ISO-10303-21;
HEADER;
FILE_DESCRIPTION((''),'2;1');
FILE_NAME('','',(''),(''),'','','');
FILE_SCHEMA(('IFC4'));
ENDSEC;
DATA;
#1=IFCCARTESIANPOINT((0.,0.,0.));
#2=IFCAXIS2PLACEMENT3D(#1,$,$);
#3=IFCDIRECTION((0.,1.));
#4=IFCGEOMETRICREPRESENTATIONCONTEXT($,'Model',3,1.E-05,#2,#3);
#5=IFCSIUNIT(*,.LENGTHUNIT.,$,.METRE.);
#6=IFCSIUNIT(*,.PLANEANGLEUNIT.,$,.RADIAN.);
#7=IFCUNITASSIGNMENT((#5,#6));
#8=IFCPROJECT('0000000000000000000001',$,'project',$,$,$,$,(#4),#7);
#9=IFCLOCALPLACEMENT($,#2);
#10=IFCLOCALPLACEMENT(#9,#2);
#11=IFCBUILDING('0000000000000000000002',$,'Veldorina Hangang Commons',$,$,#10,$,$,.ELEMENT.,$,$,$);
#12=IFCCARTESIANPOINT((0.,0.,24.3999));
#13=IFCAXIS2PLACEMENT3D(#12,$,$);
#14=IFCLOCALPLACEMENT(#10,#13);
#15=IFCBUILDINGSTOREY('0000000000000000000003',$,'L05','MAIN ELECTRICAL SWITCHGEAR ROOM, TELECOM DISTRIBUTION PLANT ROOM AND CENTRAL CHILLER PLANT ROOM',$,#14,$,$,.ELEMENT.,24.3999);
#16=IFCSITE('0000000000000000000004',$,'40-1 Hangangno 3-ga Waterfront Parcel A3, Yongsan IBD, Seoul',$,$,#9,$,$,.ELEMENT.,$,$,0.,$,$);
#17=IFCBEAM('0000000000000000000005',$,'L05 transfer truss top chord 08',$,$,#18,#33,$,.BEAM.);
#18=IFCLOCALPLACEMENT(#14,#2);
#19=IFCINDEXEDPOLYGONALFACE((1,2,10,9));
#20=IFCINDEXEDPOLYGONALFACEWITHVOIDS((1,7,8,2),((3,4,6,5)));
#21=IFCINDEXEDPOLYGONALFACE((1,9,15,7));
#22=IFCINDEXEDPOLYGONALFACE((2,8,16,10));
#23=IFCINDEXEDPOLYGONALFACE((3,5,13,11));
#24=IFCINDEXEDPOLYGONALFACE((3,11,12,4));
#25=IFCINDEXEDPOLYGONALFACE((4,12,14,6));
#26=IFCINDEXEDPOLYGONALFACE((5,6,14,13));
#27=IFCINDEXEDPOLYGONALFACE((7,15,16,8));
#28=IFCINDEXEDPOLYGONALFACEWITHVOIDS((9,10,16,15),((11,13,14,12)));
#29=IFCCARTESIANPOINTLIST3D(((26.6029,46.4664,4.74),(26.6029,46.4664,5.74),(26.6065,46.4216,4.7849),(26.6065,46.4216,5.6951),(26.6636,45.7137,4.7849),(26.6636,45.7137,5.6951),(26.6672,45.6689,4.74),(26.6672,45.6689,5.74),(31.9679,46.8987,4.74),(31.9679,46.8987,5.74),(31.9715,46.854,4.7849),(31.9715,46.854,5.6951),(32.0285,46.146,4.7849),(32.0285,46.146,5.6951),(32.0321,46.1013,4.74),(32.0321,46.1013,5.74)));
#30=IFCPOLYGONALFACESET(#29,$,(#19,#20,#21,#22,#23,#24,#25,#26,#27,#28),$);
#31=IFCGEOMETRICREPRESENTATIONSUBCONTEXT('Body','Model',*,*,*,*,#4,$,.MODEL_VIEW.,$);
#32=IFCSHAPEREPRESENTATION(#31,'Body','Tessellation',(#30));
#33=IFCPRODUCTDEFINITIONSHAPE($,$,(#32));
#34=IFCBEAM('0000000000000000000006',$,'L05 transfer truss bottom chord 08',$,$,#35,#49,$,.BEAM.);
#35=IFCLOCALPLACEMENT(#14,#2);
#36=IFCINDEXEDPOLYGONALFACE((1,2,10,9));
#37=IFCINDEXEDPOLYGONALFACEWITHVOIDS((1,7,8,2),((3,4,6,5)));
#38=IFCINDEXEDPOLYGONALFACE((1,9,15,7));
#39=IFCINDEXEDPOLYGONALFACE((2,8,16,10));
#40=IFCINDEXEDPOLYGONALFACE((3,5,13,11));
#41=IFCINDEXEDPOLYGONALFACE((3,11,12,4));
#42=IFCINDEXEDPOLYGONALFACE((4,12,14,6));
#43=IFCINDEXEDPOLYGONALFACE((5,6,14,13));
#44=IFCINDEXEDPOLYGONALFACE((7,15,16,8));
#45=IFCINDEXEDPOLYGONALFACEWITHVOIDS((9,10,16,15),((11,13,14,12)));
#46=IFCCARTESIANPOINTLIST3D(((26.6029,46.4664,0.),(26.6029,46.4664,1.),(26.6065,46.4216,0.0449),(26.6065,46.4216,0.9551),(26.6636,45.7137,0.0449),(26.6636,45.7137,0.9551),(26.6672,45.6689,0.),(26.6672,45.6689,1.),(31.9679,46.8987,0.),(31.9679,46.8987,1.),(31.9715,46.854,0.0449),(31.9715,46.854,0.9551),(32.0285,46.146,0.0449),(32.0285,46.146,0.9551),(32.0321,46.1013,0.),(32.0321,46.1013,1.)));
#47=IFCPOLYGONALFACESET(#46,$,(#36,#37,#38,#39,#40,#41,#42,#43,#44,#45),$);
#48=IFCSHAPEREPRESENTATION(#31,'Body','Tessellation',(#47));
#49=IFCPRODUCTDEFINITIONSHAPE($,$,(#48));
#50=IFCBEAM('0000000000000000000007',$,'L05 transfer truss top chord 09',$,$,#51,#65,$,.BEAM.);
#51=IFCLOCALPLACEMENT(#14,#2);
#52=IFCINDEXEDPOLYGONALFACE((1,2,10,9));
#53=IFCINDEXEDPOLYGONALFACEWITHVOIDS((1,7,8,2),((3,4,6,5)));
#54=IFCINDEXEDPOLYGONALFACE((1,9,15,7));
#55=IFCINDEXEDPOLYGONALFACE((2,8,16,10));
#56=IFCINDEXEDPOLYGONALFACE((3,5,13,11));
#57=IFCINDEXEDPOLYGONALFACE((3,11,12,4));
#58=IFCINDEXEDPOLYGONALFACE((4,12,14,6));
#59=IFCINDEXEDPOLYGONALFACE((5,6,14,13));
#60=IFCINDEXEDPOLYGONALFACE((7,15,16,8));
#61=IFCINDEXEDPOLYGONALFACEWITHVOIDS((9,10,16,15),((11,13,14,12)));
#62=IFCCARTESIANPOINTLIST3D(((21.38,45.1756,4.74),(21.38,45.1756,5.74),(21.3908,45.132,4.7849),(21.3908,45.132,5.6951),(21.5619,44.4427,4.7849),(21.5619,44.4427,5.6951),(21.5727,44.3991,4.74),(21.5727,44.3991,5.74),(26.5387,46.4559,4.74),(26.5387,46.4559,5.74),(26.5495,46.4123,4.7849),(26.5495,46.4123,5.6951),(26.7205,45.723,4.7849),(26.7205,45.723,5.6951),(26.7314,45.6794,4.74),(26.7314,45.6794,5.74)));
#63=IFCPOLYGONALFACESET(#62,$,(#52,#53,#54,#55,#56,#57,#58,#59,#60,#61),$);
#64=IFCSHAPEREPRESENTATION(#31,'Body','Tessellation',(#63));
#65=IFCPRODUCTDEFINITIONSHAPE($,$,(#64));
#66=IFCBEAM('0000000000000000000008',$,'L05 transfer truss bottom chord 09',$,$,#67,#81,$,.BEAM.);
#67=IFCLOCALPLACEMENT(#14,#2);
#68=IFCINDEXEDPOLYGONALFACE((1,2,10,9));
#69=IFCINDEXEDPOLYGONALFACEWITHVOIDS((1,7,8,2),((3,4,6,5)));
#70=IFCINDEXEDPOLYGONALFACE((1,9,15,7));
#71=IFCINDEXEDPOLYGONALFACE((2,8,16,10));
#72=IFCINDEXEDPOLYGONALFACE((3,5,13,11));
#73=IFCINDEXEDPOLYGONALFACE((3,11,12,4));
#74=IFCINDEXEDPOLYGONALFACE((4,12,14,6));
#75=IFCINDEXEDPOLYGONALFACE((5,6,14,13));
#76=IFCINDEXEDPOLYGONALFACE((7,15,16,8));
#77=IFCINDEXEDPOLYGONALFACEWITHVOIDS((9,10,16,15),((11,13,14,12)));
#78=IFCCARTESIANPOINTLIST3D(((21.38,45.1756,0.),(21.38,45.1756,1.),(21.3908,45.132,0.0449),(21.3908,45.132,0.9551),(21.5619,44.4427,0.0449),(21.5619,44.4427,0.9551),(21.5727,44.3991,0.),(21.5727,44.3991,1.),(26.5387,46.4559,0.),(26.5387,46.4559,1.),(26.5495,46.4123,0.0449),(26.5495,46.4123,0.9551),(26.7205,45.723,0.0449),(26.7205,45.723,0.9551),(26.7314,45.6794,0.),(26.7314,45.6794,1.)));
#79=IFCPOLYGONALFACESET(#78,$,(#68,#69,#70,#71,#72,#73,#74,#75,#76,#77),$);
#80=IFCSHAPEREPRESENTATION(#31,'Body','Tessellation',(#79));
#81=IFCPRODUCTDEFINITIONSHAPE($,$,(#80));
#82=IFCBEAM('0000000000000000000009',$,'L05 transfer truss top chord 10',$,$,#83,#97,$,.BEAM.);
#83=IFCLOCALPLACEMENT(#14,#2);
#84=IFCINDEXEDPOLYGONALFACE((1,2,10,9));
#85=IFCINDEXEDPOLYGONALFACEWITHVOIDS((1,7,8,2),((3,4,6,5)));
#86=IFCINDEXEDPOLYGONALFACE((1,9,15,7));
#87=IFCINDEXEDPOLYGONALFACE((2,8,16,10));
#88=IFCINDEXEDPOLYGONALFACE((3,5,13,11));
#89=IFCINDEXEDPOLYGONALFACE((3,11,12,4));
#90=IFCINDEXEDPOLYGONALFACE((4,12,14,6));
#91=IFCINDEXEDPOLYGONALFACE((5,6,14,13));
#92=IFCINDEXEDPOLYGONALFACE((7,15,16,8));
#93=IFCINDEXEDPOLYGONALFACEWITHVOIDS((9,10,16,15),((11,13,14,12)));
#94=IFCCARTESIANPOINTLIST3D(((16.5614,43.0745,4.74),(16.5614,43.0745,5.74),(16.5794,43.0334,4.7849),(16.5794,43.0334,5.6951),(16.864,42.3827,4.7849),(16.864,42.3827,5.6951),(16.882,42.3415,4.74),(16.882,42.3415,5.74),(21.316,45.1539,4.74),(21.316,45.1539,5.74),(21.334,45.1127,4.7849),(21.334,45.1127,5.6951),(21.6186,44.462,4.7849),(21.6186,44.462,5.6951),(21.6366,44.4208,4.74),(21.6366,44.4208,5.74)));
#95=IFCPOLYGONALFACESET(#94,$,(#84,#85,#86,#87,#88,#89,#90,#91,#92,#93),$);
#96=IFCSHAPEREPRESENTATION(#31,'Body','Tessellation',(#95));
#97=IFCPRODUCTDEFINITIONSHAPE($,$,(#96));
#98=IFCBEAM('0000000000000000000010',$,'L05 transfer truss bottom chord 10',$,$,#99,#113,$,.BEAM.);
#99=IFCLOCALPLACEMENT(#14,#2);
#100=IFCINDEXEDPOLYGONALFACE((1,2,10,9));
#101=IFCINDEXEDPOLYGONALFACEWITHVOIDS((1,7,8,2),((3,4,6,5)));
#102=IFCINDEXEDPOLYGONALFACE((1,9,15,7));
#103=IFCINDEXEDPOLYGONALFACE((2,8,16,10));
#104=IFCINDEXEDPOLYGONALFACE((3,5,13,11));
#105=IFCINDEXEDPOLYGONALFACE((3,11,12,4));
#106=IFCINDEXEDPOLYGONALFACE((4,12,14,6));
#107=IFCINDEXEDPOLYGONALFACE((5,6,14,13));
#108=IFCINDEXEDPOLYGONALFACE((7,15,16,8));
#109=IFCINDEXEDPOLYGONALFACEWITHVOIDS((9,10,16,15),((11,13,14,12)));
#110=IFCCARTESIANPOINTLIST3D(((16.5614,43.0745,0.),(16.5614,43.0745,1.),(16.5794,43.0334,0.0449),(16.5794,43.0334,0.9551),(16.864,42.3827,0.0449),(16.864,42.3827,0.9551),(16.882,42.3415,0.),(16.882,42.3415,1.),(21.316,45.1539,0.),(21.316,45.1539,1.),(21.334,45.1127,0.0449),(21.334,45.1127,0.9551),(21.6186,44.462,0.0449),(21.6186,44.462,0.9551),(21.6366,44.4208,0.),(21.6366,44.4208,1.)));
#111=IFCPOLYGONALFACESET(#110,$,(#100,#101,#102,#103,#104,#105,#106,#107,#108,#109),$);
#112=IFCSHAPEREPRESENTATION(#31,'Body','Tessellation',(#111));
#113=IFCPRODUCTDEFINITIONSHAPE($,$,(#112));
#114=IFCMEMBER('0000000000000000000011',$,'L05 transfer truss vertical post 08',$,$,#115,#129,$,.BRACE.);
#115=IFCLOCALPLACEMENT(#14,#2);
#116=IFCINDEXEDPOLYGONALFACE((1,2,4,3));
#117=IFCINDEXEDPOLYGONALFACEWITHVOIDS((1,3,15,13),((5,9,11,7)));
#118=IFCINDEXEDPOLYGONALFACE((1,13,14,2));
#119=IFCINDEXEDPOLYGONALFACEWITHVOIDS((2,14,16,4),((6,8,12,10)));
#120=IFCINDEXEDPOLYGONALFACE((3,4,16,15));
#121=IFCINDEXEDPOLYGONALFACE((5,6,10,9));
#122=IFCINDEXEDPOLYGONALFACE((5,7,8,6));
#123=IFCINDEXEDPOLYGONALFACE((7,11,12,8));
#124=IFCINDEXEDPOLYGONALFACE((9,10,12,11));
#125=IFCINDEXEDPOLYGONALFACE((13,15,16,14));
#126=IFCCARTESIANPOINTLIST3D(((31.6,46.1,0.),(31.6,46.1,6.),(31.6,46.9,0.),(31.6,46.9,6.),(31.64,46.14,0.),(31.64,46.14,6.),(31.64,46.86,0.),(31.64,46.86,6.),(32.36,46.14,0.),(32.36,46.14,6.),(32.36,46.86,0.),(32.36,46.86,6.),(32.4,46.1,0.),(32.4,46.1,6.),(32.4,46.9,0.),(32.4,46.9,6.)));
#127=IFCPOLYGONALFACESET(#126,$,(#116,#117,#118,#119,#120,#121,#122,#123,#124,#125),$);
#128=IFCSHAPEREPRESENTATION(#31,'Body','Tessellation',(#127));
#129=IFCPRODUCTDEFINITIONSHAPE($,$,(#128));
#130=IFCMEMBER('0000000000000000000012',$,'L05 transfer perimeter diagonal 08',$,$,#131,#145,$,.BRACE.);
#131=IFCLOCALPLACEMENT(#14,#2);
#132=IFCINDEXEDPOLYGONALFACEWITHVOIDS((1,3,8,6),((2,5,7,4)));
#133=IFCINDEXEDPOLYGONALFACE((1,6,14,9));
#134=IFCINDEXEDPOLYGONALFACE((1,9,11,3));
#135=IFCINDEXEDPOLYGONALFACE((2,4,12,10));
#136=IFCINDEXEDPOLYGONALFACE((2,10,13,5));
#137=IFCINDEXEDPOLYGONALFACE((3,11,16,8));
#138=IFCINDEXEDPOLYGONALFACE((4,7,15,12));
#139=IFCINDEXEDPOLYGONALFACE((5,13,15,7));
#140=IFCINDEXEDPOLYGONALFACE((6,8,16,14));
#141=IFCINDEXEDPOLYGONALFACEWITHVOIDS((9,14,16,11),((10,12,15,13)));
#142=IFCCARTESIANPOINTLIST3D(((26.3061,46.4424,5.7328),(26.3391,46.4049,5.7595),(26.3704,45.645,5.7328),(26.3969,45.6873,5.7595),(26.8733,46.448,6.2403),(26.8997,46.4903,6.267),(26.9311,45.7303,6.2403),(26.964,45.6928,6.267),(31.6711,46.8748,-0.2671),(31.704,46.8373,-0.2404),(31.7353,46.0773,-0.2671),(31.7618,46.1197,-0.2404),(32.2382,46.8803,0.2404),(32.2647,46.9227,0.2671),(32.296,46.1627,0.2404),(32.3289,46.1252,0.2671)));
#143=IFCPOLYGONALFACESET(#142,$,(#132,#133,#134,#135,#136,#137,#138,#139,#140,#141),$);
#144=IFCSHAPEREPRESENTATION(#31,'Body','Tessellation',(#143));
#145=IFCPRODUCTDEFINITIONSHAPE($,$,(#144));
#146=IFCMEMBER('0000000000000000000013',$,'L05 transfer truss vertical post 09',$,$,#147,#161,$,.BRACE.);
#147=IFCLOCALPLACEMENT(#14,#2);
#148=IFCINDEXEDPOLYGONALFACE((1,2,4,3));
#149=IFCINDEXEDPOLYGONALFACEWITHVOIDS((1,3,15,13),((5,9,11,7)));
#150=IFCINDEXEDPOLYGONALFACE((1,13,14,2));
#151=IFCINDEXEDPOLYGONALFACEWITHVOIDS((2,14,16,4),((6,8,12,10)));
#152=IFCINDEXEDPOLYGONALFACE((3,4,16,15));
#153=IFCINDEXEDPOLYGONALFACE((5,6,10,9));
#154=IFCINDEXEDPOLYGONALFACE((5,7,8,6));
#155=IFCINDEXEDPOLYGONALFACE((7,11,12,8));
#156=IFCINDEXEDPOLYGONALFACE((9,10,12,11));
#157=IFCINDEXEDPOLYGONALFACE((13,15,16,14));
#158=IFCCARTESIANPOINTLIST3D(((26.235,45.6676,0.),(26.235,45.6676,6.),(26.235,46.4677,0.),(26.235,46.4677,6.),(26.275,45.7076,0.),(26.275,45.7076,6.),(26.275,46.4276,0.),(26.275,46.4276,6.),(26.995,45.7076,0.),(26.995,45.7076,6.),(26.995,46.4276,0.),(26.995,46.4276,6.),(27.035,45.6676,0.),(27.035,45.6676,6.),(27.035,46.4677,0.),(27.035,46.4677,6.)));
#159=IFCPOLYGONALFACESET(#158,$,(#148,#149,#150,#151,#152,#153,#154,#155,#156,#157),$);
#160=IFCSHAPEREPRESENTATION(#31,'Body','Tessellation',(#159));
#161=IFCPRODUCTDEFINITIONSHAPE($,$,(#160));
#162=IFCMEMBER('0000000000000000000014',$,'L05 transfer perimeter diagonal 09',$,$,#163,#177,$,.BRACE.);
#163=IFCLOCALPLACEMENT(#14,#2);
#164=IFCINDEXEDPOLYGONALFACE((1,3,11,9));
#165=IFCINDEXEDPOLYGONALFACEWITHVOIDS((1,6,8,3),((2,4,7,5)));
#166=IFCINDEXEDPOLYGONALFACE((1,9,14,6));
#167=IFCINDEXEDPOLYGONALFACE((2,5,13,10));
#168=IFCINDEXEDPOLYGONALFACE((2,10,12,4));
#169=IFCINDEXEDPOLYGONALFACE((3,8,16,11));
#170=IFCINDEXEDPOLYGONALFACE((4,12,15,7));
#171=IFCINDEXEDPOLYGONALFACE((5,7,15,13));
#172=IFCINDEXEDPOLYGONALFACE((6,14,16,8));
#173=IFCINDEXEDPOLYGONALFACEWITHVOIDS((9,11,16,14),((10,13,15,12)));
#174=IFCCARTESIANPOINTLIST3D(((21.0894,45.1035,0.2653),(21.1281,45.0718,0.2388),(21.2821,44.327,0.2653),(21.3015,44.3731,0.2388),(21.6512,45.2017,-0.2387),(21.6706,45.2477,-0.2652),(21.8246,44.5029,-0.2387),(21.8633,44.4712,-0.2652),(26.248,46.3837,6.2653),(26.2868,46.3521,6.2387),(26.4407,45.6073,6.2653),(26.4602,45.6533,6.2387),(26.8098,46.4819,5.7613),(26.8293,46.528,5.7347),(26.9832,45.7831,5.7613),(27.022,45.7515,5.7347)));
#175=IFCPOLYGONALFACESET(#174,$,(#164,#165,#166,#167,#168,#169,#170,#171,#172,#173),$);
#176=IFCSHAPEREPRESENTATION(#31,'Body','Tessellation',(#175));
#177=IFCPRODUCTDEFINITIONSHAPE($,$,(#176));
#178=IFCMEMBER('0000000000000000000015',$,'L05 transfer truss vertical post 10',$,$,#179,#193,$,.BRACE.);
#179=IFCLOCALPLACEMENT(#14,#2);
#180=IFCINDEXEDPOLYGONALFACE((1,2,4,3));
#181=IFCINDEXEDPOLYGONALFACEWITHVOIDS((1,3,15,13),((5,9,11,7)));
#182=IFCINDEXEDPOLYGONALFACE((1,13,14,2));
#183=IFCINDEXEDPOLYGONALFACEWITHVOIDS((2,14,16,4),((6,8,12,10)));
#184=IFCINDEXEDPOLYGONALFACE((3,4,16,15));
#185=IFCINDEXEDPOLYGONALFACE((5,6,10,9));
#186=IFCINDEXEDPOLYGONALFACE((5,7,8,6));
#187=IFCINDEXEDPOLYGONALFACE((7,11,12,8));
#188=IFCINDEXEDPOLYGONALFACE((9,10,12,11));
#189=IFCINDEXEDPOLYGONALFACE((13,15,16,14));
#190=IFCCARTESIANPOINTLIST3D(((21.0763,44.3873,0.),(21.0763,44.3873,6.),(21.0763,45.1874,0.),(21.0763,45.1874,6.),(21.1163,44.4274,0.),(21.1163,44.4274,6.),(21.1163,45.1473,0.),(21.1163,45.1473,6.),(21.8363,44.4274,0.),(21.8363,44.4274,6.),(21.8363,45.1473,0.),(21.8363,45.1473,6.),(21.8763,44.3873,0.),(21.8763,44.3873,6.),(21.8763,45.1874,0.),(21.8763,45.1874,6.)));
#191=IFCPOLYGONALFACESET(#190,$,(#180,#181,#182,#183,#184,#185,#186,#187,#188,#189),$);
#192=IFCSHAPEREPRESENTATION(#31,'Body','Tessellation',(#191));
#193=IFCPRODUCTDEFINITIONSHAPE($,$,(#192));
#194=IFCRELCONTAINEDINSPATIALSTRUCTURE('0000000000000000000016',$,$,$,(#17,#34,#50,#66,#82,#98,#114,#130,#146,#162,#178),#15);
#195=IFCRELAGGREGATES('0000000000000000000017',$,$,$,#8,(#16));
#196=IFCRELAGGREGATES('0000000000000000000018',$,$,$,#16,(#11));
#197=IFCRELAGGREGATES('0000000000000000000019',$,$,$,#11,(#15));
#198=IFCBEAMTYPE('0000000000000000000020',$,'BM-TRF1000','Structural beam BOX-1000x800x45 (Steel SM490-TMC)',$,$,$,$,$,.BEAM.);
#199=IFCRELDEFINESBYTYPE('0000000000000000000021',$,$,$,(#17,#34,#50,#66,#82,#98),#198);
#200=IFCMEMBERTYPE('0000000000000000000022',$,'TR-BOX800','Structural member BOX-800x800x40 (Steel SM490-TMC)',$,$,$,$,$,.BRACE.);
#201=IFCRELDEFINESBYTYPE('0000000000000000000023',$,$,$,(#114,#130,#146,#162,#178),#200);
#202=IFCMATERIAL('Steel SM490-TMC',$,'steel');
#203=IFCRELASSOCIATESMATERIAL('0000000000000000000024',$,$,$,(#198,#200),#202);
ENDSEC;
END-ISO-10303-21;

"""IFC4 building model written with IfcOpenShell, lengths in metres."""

from ifc_helpers import new_model, si_unit, direction, frame, origin, origin_2d, place, context, subcontext, project, spatial, hollow_rectangle, extrude, material, material_profile, profile_set, type_object, element, save


model = new_model("IFC4")

# Units and contexts
model_context = context("Model", 3, precision=1e-05, world=origin(), true_north=direction((0.0, 1.0)))
body_context = subcontext(model_context, "Body", "Model", "MODEL_VIEW")
ifc_project = project(units=[si_unit("LENGTHUNIT", "METRE"), si_unit("PLANEANGLEUNIT", "RADIAN")], contexts=[model_context])

# Site, building, storey
site_placement = place(None, origin())
site = spatial("IfcSite", under=ifc_project, at=site_placement, Name="40-1 Hangangno 3-ga Waterfront Parcel A3, Yongsan IBD, Seoul", CompositionType="ELEMENT", RefElevation=0.0)
building_placement = place(site_placement, origin())
building = spatial("IfcBuilding", under=site, at=building_placement, Name="Veldorina Hangang Commons", CompositionType="ELEMENT")
storey_placement = place(building_placement, frame((0.0, 0.0, 24.3999)))
storey = spatial("IfcBuildingStorey", under=building, at=storey_placement, Name="L05", Description="MAIN ELECTRICAL SWITCHGEAR ROOM, TELECOM DISTRIBUTION PLANT ROOM AND CENTRAL CHILLER PLANT ROOM", CompositionType="ELEMENT", Elevation=24.3999)

# Beams
ifc_material_1 = material(Name="Steel SM490-TMC", Category="steel")
ifc_material_profile_1 = material_profile(ifc_material_1, hollow_rectangle(XDim=0.8, YDim=1.0, WallThickness=0.0449, at=origin_2d()), Name="BOX-1000x800x45")
ifc_profile_set_1 = profile_set([ifc_material_profile_1], Name="Steel SM490-TMC")
beam_type = type_object("IfcBeamType", Name="BM-TRF1000", Description="Structural beam BOX-1000x800x45 (Steel SM490-TMC)", PredefinedType="BEAM", material=ifc_profile_set_1)
for number, where, z_axis, x_axis, name in (
    (1, (32.0, 46.5, 5.24), (-0.996768, -0.080331, 0.0), (0.080331, -0.996768, 0.0), "L05 transfer truss top chord 08"),
    (2, (32.0, 46.5, 0.5), (-0.996768, -0.080331, 0.0), (0.080331, -0.996768, 0.0), "L05 transfer truss bottom chord 08"),
):
    element("IfcBeam", number, at=place(storey_placement, frame(where, z_axis=z_axis, x_axis=x_axis)), inside=storey, type_object=beam_type, Name=name, PredefinedType="BEAM", context=body_context, shape_type="SweptSolid", body=[
        extrude(hollow_rectangle(XDim=0.8, YDim=1.0, WallThickness=0.0449, at=origin_2d()), origin(), (0.0, 0.0, 1.0), 5.3823),
    ])
for number, where, z_axis, x_axis, name in (
    (3, (26.635, 46.0676, 5.24), (-0.970557, -0.240871, 0.0), (0.240871, -0.970557, 0.0), "L05 transfer truss top chord 09"),
    (4, (26.635, 46.0676, 0.5), (-0.970557, -0.240871, 0.0), (0.240871, -0.970557, 0.0), "L05 transfer truss bottom chord 09"),
):
    element("IfcBeam", number, at=place(storey_placement, frame(where, z_axis=z_axis, x_axis=x_axis)), inside=storey, type_object=beam_type, Name=name, PredefinedType="BEAM", context=body_context, shape_type="SweptSolid", body=[
        extrude(hollow_rectangle(XDim=0.8, YDim=1.0, WallThickness=0.0449, at=origin_2d()), origin(), (0.0, 0.0, 1.0), 5.3152),
    ])
for number, where, z_axis, x_axis, name in (
    (5, (21.4763, 44.7874, 5.24), (-0.916215, -0.400688, 0.0), (0.400688, -0.916215, 0.0), "L05 transfer truss top chord 10"),
    (6, (21.4763, 44.7874, 0.5), (-0.916215, -0.400688, 0.0), (0.400688, -0.916215, 0.0), "L05 transfer truss bottom chord 10"),
):
    element("IfcBeam", number, at=place(storey_placement, frame(where, z_axis=z_axis, x_axis=x_axis)), inside=storey, type_object=beam_type, Name=name, PredefinedType="BEAM", context=body_context, shape_type="SweptSolid", body=[
        extrude(hollow_rectangle(XDim=0.8, YDim=1.0, WallThickness=0.0449, at=origin_2d()), origin(), (0.0, 0.0, 1.0), 5.1895),
    ])

# Members
ifc_material_profile_2 = material_profile(ifc_material_1, hollow_rectangle(XDim=0.8, YDim=0.8, WallThickness=0.04, at=origin_2d()), Name="BOX-800x800x40")
ifc_profile_set_2 = profile_set([ifc_material_profile_2], Name="Steel SM490-TMC")
member_type = type_object("IfcMemberType", Name="TR-BOX800", Description="Structural member BOX-800x800x40 (Steel SM490-TMC)", PredefinedType="BRACE", material=ifc_profile_set_2)
member_1_placement = place(storey_placement, frame((32.0, 46.5, 0.0), z_axis=(0.0, 0.0, 1.0), x_axis=(1.0, 0.0, 0.0)))
element("IfcMember", 7, at=member_1_placement, inside=storey, type_object=member_type, Name="L05 transfer truss vertical post 08", PredefinedType="BRACE", context=body_context, shape_type="SweptSolid", body=[
    extrude(hollow_rectangle(XDim=0.8, YDim=0.8, WallThickness=0.04, at=origin_2d()), origin(), (0.0, 0.0, 1.0), 6.0),
])
member_2_placement = place(storey_placement, frame((32.0, 46.5, 0.0), z_axis=(-0.665598, -0.053642, 0.74438), x_axis=(0.080331, -0.996768, 0.0)))
element("IfcMember", 8, at=member_2_placement, inside=storey, type_object=member_type, Name="L05 transfer perimeter diagonal 08", PredefinedType="BRACE", context=body_context, shape_type="SweptSolid", body=[
    extrude(hollow_rectangle(XDim=0.8, YDim=0.8, WallThickness=0.04, at=origin_2d()), origin(), (0.0, 0.0, 1.0), 8.0603),
])
member_3_placement = place(storey_placement, frame((26.635, 46.0676, 0.0), z_axis=(0.0, 0.0, 1.0), x_axis=(1.0, 0.0, 0.0)))
element("IfcMember", 9, at=member_3_placement, inside=storey, type_object=member_type, Name="L05 transfer truss vertical post 09", PredefinedType="BRACE", context=body_context, shape_type="SweptSolid", body=[
    extrude(hollow_rectangle(XDim=0.8, YDim=0.8, WallThickness=0.04, at=origin_2d()), origin(), (0.0, 0.0, 1.0), 6.0),
])
member_4_placement = place(storey_placement, frame((26.635, 46.0676, 6.0), z_axis=(-0.643575, -0.159721, -0.748532), x_axis=(0.240871, -0.970557, 0.0)))
element("IfcMember", 10, at=member_4_placement, inside=storey, type_object=member_type, Name="L05 transfer perimeter diagonal 09", PredefinedType="BRACE", context=body_context, shape_type="SweptSolid", body=[
    extrude(hollow_rectangle(XDim=0.8, YDim=0.8, WallThickness=0.04, at=origin_2d()), origin(), (0.0, 0.0, 1.0), 8.0156),
])
member_5_placement = place(storey_placement, frame((21.4763, 44.7874, 0.0), z_axis=(0.0, 0.0, 1.0), x_axis=(1.0, 0.0, 0.0)))
element("IfcMember", 11, at=member_5_placement, inside=storey, type_object=member_type, Name="L05 transfer truss vertical post 10", PredefinedType="BRACE", context=body_context, shape_type="SweptSolid", body=[
    extrude(hollow_rectangle(XDim=0.8, YDim=0.8, WallThickness=0.04, at=origin_2d()), origin(), (0.0, 0.0, 1.0), 6.0),
])

save(model, "model.ifc")
